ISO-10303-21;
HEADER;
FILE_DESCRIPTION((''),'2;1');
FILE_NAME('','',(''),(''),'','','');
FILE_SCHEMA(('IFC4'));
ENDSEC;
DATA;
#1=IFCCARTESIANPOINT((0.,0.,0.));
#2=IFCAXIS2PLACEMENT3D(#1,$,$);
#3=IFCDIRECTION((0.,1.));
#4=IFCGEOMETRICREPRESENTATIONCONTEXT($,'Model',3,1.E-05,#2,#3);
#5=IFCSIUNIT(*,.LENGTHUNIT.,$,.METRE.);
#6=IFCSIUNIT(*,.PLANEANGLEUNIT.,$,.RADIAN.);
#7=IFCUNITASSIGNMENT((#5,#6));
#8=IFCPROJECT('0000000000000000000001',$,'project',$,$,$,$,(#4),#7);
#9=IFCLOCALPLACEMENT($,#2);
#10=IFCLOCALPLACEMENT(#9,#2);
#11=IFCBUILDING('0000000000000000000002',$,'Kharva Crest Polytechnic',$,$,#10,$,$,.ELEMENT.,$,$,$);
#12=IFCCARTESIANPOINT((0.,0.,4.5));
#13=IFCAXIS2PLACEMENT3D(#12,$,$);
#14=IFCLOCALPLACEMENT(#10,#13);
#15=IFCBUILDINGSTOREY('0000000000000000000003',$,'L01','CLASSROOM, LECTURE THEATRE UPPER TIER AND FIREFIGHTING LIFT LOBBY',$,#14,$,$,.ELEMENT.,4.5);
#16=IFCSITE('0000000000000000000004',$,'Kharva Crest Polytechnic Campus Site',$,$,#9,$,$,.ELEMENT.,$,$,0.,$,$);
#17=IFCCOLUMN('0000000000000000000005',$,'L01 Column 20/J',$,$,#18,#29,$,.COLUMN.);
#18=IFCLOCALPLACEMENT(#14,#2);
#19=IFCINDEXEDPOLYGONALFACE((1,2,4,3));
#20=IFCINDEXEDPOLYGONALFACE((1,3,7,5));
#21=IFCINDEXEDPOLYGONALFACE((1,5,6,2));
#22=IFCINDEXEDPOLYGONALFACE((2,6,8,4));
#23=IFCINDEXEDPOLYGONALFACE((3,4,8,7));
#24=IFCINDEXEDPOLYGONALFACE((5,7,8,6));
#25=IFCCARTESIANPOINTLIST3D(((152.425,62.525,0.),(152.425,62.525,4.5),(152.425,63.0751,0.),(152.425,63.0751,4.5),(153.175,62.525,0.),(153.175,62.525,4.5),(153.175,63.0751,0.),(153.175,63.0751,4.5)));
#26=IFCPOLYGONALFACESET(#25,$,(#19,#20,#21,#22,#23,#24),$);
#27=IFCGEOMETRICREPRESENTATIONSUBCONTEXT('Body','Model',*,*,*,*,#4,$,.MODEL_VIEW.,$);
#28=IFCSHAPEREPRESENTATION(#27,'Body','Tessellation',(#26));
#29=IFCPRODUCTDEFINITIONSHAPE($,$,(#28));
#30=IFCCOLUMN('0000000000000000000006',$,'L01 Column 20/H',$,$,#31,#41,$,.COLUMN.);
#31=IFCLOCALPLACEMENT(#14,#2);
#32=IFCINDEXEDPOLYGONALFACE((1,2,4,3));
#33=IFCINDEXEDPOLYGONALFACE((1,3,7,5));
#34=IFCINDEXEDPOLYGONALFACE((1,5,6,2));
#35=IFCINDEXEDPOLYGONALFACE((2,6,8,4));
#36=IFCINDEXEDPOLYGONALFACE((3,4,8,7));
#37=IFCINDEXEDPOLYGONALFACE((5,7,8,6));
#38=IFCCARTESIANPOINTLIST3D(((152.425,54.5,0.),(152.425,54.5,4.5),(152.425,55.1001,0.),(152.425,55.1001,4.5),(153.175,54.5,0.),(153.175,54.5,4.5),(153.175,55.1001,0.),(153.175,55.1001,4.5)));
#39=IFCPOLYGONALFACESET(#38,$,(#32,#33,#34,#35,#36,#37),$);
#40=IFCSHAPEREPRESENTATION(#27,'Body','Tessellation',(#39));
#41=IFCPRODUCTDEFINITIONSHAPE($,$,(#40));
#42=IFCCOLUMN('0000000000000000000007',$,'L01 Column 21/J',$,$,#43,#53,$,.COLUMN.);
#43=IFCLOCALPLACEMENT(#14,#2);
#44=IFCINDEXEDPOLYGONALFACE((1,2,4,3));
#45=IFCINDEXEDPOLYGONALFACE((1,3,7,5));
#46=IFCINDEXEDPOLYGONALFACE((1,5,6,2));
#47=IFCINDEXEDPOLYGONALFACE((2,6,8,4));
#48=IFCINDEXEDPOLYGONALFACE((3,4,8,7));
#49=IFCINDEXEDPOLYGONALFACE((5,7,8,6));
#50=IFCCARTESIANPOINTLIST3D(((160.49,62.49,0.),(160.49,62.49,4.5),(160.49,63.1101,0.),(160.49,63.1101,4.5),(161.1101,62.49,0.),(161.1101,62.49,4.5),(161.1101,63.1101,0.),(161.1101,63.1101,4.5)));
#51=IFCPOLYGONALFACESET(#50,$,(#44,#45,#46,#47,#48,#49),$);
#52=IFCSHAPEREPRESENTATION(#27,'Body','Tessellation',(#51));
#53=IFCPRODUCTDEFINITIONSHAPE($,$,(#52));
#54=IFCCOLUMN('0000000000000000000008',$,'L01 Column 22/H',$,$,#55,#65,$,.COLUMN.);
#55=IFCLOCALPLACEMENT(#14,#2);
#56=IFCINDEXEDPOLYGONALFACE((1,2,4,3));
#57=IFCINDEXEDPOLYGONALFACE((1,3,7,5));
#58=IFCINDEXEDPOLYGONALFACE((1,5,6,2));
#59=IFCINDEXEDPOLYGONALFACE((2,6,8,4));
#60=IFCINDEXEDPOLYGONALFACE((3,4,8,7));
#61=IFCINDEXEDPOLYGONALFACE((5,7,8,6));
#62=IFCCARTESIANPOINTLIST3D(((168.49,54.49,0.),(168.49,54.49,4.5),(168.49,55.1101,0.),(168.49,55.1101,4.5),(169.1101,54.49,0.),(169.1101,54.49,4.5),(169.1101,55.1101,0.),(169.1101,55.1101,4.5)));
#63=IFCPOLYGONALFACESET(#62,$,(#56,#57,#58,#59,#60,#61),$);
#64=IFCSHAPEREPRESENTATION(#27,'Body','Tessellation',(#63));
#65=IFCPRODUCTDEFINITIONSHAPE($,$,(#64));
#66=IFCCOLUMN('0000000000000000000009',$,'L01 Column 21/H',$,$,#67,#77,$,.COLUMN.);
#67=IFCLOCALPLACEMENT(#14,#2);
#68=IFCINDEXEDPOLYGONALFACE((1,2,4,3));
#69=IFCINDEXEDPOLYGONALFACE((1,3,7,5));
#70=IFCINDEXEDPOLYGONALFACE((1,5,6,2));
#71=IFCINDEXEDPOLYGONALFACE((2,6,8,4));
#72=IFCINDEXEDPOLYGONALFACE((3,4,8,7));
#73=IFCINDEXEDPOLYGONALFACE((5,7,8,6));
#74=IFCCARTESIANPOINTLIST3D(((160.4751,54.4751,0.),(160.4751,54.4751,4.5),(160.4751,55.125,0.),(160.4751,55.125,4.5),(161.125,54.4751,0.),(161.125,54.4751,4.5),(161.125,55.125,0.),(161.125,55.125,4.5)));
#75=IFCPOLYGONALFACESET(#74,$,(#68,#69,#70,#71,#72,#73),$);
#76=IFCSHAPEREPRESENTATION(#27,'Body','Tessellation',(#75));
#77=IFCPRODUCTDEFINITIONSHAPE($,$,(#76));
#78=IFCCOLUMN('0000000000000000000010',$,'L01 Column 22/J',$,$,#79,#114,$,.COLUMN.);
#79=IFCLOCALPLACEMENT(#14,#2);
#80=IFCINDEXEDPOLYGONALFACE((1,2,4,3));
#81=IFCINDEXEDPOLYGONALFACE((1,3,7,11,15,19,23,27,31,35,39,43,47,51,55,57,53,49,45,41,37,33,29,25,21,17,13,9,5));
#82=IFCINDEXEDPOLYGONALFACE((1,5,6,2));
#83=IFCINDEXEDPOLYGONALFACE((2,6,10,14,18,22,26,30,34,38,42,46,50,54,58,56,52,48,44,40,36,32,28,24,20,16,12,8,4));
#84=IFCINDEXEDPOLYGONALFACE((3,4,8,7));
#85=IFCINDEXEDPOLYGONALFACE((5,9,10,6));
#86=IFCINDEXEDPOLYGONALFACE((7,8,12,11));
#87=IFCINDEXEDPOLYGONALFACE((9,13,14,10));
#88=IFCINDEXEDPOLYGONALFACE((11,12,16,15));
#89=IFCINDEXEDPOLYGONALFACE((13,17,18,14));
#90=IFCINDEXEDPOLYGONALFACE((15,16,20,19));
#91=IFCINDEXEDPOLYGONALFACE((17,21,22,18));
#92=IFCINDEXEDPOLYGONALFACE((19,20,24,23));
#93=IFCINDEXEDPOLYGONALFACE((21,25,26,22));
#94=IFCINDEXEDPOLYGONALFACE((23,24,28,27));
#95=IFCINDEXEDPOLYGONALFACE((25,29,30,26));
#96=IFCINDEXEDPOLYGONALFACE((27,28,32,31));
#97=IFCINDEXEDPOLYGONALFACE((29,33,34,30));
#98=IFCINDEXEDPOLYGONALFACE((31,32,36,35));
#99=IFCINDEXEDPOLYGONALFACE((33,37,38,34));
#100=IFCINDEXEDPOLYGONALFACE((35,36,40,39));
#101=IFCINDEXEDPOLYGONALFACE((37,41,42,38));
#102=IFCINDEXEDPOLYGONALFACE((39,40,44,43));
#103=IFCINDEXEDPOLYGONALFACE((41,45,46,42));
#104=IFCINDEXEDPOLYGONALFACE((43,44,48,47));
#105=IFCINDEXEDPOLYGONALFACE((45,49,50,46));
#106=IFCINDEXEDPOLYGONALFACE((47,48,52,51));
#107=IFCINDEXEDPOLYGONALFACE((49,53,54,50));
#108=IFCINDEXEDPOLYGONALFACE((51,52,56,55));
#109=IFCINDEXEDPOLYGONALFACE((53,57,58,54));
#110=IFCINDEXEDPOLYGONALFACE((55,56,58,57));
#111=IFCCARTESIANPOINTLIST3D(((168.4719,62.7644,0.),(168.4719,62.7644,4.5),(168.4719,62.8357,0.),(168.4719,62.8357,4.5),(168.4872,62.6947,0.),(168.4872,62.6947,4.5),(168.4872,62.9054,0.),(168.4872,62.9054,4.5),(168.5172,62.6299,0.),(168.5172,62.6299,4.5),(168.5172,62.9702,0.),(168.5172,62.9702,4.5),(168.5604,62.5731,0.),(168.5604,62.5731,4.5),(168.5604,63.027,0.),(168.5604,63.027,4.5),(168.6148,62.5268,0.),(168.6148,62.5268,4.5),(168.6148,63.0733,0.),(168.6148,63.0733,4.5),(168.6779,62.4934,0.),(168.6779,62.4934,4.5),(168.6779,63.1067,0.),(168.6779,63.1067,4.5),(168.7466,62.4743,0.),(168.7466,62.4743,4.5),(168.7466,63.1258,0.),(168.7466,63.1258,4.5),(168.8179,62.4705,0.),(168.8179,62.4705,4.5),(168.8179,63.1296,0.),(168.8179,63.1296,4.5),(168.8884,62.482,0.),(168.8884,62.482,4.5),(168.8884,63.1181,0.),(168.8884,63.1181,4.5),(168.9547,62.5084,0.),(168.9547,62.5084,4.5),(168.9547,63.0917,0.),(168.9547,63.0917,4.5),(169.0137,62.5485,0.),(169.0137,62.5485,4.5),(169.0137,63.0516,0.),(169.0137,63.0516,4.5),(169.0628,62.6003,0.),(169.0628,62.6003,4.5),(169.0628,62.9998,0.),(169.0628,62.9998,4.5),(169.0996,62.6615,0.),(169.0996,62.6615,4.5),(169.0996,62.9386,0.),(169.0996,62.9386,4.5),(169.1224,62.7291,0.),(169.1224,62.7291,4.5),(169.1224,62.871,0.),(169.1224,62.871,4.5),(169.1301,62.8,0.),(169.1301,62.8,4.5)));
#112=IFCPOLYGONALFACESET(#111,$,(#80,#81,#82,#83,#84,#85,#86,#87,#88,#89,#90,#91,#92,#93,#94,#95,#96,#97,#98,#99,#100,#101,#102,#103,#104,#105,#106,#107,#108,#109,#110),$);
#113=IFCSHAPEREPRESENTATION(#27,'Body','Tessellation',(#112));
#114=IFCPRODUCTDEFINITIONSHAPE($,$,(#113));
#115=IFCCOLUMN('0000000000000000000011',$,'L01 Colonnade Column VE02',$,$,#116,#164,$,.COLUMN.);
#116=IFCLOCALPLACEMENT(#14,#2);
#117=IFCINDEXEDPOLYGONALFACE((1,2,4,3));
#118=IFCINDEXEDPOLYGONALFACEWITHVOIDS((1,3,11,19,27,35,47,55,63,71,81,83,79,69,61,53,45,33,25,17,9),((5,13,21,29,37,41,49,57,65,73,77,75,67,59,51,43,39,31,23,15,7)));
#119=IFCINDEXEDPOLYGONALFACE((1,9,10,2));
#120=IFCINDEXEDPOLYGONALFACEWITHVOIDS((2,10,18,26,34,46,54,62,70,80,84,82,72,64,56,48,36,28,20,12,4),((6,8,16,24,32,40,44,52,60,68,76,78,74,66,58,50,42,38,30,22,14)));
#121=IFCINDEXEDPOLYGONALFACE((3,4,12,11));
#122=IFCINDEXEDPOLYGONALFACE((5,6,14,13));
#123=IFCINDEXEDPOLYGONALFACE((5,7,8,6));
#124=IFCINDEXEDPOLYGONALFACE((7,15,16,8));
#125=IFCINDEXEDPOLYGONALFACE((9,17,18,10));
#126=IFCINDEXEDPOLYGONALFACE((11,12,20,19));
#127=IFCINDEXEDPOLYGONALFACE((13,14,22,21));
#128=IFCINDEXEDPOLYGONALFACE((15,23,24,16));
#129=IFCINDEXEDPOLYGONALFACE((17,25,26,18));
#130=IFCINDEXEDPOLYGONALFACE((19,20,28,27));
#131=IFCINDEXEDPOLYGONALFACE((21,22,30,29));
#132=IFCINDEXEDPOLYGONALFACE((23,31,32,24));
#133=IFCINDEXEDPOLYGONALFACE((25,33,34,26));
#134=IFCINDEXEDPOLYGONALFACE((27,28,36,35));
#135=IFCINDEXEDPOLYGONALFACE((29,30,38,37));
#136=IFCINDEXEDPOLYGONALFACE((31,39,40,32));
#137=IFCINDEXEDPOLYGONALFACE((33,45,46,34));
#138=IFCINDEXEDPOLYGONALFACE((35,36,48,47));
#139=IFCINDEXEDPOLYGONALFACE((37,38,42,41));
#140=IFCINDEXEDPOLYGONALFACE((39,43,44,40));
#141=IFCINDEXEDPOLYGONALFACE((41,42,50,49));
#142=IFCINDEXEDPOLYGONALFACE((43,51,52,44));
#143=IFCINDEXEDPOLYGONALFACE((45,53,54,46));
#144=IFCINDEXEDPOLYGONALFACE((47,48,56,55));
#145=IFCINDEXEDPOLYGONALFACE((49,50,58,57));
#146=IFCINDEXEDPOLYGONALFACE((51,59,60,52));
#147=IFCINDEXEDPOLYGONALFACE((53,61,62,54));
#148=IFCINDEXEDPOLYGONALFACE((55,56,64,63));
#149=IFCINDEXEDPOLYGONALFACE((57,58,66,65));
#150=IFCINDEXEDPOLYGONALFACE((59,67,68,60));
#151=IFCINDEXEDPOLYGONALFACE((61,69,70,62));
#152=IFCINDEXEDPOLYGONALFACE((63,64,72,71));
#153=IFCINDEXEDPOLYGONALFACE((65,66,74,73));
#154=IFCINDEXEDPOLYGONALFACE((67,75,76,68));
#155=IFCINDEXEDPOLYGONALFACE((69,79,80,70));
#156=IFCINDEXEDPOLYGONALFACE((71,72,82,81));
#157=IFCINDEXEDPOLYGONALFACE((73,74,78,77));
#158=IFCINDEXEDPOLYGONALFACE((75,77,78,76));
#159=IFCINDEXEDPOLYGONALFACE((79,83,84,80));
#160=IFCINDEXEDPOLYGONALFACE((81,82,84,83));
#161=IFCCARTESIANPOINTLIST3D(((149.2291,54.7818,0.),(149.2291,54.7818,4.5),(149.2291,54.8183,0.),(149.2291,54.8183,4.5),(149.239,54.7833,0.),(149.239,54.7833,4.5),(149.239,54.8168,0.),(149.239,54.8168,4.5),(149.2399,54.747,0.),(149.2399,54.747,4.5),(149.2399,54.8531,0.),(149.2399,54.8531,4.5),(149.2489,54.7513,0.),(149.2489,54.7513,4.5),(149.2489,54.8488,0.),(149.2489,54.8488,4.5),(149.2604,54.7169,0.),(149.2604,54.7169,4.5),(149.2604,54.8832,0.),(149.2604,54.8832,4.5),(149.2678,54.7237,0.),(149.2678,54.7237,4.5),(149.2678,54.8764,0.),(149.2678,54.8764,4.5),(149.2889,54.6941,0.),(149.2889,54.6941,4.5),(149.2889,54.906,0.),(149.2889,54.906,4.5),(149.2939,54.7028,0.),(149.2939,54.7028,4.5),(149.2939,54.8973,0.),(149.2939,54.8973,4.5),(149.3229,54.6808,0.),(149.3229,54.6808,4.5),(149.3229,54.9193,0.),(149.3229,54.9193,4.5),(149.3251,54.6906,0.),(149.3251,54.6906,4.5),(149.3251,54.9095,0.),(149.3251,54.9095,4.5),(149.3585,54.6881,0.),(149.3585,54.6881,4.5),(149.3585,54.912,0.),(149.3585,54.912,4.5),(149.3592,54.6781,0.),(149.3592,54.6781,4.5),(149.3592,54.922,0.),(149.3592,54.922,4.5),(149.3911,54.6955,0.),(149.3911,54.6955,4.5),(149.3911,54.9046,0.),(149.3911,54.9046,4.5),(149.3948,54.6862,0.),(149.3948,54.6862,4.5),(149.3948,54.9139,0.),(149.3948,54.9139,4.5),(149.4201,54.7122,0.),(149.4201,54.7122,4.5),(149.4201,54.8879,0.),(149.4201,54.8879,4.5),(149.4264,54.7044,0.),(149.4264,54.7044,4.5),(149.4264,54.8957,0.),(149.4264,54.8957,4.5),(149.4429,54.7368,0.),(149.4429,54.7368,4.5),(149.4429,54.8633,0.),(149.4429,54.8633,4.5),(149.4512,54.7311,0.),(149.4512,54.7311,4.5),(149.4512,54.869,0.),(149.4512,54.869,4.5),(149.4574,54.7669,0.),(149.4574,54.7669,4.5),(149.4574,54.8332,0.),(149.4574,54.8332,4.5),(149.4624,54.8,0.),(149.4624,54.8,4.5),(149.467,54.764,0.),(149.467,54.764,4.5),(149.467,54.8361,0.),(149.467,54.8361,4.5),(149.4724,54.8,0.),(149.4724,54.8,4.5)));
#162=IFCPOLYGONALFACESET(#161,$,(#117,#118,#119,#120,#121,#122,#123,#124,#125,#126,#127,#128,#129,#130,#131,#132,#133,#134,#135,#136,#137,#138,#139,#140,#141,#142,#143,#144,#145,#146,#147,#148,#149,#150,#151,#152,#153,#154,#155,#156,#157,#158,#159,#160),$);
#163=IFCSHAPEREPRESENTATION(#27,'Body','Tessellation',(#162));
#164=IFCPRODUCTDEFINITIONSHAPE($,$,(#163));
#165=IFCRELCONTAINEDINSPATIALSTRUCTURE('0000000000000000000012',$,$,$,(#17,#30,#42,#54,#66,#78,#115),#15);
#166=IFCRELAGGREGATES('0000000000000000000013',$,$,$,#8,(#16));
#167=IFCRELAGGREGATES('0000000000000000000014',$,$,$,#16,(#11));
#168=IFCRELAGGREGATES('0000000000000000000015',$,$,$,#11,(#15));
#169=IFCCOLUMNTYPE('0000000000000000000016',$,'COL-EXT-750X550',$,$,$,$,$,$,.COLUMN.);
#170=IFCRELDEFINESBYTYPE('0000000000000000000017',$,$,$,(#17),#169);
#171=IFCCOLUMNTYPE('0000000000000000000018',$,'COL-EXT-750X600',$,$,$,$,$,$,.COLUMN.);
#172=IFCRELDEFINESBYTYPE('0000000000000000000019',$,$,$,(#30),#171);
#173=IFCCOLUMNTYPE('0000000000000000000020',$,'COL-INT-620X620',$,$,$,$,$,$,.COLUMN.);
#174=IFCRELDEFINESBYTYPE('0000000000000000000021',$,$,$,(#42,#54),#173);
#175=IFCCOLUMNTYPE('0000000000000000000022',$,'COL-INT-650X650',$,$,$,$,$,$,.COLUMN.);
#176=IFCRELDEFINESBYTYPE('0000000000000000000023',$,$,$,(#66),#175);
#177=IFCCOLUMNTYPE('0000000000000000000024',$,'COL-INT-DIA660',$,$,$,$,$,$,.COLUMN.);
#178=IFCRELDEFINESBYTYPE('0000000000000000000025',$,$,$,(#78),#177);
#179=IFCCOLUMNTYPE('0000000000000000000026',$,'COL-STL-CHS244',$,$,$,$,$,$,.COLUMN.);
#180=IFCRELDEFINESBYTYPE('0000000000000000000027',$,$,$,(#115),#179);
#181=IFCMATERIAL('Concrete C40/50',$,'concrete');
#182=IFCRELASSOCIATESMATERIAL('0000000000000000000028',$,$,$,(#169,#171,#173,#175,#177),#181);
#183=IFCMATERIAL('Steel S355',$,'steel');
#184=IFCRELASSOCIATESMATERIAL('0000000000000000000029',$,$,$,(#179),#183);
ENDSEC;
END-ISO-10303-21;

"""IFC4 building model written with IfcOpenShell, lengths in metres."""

from ifc_helpers import new_model, si_unit, direction, frame, origin, origin_2d, place, context, subcontext, project, spatial, rectangle, circle, hollow_circle, extrude, material, material_profile, profile_set, type_object, element, save


model = new_model("IFC4")

# Units and contexts
model_context = context("Model", 3, precision=1e-05, world=origin(), true_north=direction((0.0, 1.0)))
body_context = subcontext(model_context, "Body", "Model", "MODEL_VIEW")
ifc_project = project(units=[si_unit("LENGTHUNIT", "METRE"), si_unit("PLANEANGLEUNIT", "RADIAN")], contexts=[model_context])

# Site, building, storey
site_placement = place(None, origin())
site = spatial("IfcSite", under=ifc_project, at=site_placement, Name="Kharva Crest Polytechnic Campus Site", CompositionType="ELEMENT", RefElevation=0.0)
building_placement = place(site_placement, origin())
building = spatial("IfcBuilding", under=site, at=building_placement, Name="Kharva Crest Polytechnic", CompositionType="ELEMENT")
storey_placement = place(building_placement, frame((0.0, 0.0, 4.5)))
storey = spatial("IfcBuildingStorey", under=building, at=storey_placement, Name="L01", Description="CLASSROOM, LECTURE THEATRE UPPER TIER AND FIREFIGHTING LIFT LOBBY", CompositionType="ELEMENT", Elevation=4.5)

# Columns
ifc_material_1 = material(Name="Concrete C40/50", Category="concrete")
ifc_material_profile_1 = material_profile(ifc_material_1, rectangle(XDim=0.75, YDim=0.55, at=origin_2d()), Name="RECT 750 X 550")
ifc_profile_set_1 = profile_set([ifc_material_profile_1], Name="Concrete C40/50")
column_type_1 = type_object("IfcColumnType", Name="COL-EXT-750X550", PredefinedType="COLUMN", material=ifc_profile_set_1)
column_1_placement = place(storey_placement, frame((152.8, 62.8, 0.0), z_axis=(0.0, 0.0, 1.0), x_axis=(1.0, 0.0, 0.0)))
element("IfcColumn", 1, at=column_1_placement, inside=storey, type_object=column_type_1, Name="L01 Column 20/J", PredefinedType="COLUMN", context=body_context, shape_type="SweptSolid", body=[
    extrude(rectangle(XDim=0.75, YDim=0.55, at=origin_2d()), origin(), (0.0, 0.0, 1.0), 4.5),
])
ifc_material_profile_2 = material_profile(ifc_material_1, rectangle(XDim=0.75, YDim=0.6001, at=origin_2d()), Name="RECT 750 X 600")
ifc_profile_set_2 = profile_set([ifc_material_profile_2], Name="Concrete C40/50")
column_type_2 = type_object("IfcColumnType", Name="COL-EXT-750X600", PredefinedType="COLUMN", material=ifc_profile_set_2)
column_2_placement = place(storey_placement, frame((152.8, 54.8, 0.0), z_axis=(0.0, 0.0, 1.0), x_axis=(1.0, 0.0, 0.0)))
element("IfcColumn", 2, at=column_2_placement, inside=storey, type_object=column_type_2, Name="L01 Column 20/H", PredefinedType="COLUMN", context=body_context, shape_type="SweptSolid", body=[
    extrude(rectangle(XDim=0.75, YDim=0.6001, at=origin_2d()), origin(), (0.0, 0.0, 1.0), 4.5),
])
ifc_material_profile_3 = material_profile(ifc_material_1, rectangle(XDim=0.6201, YDim=0.6201, at=origin_2d()), Name="RECT 620 X 620")
ifc_profile_set_3 = profile_set([ifc_material_profile_3], Name="Concrete C40/50")
column_type_3 = type_object("IfcColumnType", Name="COL-INT-620X620", PredefinedType="COLUMN", material=ifc_profile_set_3)
for number, where, z_axis, x_axis, name in (
    (3, (160.8, 62.8, 0.0), (0.0, 0.0, 1.0), (1.0, 0.0, 0.0), "L01 Column 21/J"),
    (4, (168.8, 54.8, 0.0), (0.0, 0.0, 1.0), (1.0, 0.0, 0.0), "L01 Column 22/H"),
):
    element("IfcColumn", number, at=place(storey_placement, frame(where, z_axis=z_axis, x_axis=x_axis)), inside=storey, type_object=column_type_3, Name=name, PredefinedType="COLUMN", context=body_context, shape_type="SweptSolid", body=[
        extrude(rectangle(XDim=0.6201, YDim=0.6201, at=origin_2d()), origin(), (0.0, 0.0, 1.0), 4.5),
    ])
ifc_material_profile_4 = material_profile(ifc_material_1, rectangle(XDim=0.6499, YDim=0.6499, at=origin_2d()), Name="RECT 650 X 650")
ifc_profile_set_4 = profile_set([ifc_material_profile_4], Name="Concrete C40/50")
column_type_4 = type_object("IfcColumnType", Name="COL-INT-650X650", PredefinedType="COLUMN", material=ifc_profile_set_4)
column_3_placement = place(storey_placement, frame((160.8, 54.8, 0.0), z_axis=(0.0, 0.0, 1.0), x_axis=(1.0, 0.0, 0.0)))
element("IfcColumn", 5, at=column_3_placement, inside=storey, type_object=column_type_4, Name="L01 Column 21/H", PredefinedType="COLUMN", context=body_context, shape_type="SweptSolid", body=[
    extrude(rectangle(XDim=0.6499, YDim=0.6499, at=origin_2d()), origin(), (0.0, 0.0, 1.0), 4.5),
])
ifc_material_profile_5 = material_profile(ifc_material_1, circle(Radius=0.3301, at=origin_2d()), Name="DIA 660")
ifc_profile_set_5 = profile_set([ifc_material_profile_5], Name="Concrete C40/50")
column_type_5 = type_object("IfcColumnType", Name="COL-INT-DIA660", PredefinedType="COLUMN", material=ifc_profile_set_5)
column_4_placement = place(storey_placement, frame((168.8, 62.8, 0.0), z_axis=(0.0, 0.0, 1.0), x_axis=(1.0, 0.0, 0.0)))
element("IfcColumn", 6, at=column_4_placement, inside=storey, type_object=column_type_5, Name="L01 Column 22/J", PredefinedType="COLUMN", context=body_context, shape_type="SweptSolid", body=[
    extrude(circle(Radius=0.3301, at=origin_2d()), origin(), (0.0, 0.0, 1.0), 4.5),
])
ifc_material_2 = material(Name="Steel S355", Category="steel")
ifc_material_profile_6 = material_profile(ifc_material_2, hollow_circle(Radius=0.1223, WallThickness=0.01, at=origin_2d()), Name="CHS 244.5X10.0")
ifc_profile_set_6 = profile_set([ifc_material_profile_6], Name="Steel S355")
column_type_6 = type_object("IfcColumnType", Name="COL-STL-CHS244", PredefinedType="COLUMN", material=ifc_profile_set_6)
for number, where, z_axis, x_axis, name in (
    (7, (149.3501, 54.8, 0.0), (0.0, 0.0, 1.0), (1.0, 0.0, 0.0), "L01 Colonnade Column VE02"),
):
    element("IfcColumn", number, at=place(storey_placement, frame(where, z_axis=z_axis, x_axis=x_axis)), inside=storey, type_object=column_type_6, Name=name, PredefinedType="COLUMN", context=body_context, shape_type="SweptSolid", body=[
        extrude(hollow_circle(Radius=0.1223, WallThickness=0.01, at=origin_2d()), origin(), (0.0, 0.0, 1.0), 4.5),
    ])

save(model, "model.ifc")
